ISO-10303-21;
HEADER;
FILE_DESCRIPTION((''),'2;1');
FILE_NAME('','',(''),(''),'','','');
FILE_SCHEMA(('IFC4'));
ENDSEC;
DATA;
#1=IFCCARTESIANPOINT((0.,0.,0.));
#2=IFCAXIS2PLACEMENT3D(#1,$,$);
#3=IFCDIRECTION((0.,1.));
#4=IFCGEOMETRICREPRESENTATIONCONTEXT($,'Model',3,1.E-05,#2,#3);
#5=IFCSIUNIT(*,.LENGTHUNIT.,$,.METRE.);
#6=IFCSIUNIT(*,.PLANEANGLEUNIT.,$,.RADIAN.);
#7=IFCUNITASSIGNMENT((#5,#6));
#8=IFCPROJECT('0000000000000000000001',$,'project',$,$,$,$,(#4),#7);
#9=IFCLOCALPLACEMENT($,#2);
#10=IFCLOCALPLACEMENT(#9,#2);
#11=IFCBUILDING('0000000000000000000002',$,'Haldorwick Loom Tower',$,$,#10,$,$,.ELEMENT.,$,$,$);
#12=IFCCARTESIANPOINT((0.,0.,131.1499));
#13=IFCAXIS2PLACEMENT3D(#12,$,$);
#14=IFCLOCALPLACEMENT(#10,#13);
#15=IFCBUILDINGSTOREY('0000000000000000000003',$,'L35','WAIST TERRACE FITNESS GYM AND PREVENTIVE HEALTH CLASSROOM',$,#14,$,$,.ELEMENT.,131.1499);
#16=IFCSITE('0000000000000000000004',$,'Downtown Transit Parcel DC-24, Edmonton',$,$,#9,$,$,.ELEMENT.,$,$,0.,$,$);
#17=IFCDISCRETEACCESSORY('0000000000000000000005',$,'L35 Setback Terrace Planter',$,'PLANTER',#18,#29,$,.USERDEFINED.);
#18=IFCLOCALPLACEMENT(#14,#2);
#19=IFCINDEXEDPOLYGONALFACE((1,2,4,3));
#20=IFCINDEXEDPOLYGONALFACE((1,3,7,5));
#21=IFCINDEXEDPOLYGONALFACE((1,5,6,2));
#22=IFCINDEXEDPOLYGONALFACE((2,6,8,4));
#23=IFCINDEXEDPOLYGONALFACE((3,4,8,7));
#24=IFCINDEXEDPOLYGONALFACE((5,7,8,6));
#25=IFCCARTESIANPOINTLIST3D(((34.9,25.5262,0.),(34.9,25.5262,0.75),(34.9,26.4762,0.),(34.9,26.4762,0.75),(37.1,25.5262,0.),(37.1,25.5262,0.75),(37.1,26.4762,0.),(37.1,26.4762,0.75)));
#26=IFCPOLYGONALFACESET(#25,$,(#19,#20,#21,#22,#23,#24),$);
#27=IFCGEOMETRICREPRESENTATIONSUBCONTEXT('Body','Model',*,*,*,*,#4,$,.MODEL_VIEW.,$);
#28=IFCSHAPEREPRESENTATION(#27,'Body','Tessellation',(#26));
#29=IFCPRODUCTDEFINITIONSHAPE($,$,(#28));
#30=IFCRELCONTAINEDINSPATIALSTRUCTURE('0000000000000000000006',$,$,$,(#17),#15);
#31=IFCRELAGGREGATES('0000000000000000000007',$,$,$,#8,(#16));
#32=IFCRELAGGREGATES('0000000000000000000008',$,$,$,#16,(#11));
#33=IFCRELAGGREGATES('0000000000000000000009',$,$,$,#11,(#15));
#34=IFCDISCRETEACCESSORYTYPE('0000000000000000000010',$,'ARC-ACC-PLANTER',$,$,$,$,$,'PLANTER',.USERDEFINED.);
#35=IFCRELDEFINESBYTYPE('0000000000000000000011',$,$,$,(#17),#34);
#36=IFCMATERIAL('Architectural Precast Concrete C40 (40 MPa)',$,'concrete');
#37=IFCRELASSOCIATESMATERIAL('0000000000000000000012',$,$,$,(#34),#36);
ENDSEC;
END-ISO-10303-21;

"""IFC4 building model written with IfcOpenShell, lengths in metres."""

from ifc_helpers import new_model, si_unit, direction, frame, origin, origin_2d, place, context, subcontext, project, spatial, rectangle, extrude, material, type_object, element, save


model = new_model("IFC4")

# Units and contexts
model_context = context("Model", 3, precision=1e-05, world=origin(), true_north=direction((0.0, 1.0)))
body_context = subcontext(model_context, "Body", "Model", "MODEL_VIEW")
ifc_project = project(units=[si_unit("LENGTHUNIT", "METRE"), si_unit("PLANEANGLEUNIT", "RADIAN")], contexts=[model_context])

# Site, building, storey
site_placement = place(None, origin())
site = spatial("IfcSite", under=ifc_project, at=site_placement, Name="Downtown Transit Parcel DC-24, Edmonton", CompositionType="ELEMENT", RefElevation=0.0)
building_placement = place(site_placement, origin())
building = spatial("IfcBuilding", under=site, at=building_placement, Name="Haldorwick Loom Tower", CompositionType="ELEMENT")
storey_placement = place(building_placement, frame((0.0, 0.0, 131.1499)))
storey = spatial("IfcBuildingStorey", under=building, at=storey_placement, Name="L35", Description="WAIST TERRACE FITNESS GYM AND PREVENTIVE HEALTH CLASSROOM", CompositionType="ELEMENT", Elevation=131.1499)

# Discrete accessory
ifc_material_1 = material(Name="Architectural Precast Concrete C40 (40 MPa)", Category="concrete")
discrete_accessory_type = type_object("IfcDiscreteAccessoryType", Name="ARC-ACC-PLANTER", ElementType="PLANTER", PredefinedType="USERDEFINED", material=ifc_material_1)
discrete_accessory_placement = place(storey_placement, frame((36.0, 26.0012, 0.0), z_axis=(0.0, 0.0, 1.0), x_axis=(1.0, 0.0, 0.0)))
element("IfcDiscreteAccessory", 1, at=discrete_accessory_placement, inside=storey, type_object=discrete_accessory_type, Name="L35 Setback Terrace Planter", ObjectType="PLANTER", PredefinedType="USERDEFINED", context=body_context, shape_type="SweptSolid", body=[
    extrude(rectangle(XDim=2.2, YDim=0.95, at=origin_2d()), origin(), (0.0, 0.0, 1.0), 0.75),
])

save(model, "model.ifc")
